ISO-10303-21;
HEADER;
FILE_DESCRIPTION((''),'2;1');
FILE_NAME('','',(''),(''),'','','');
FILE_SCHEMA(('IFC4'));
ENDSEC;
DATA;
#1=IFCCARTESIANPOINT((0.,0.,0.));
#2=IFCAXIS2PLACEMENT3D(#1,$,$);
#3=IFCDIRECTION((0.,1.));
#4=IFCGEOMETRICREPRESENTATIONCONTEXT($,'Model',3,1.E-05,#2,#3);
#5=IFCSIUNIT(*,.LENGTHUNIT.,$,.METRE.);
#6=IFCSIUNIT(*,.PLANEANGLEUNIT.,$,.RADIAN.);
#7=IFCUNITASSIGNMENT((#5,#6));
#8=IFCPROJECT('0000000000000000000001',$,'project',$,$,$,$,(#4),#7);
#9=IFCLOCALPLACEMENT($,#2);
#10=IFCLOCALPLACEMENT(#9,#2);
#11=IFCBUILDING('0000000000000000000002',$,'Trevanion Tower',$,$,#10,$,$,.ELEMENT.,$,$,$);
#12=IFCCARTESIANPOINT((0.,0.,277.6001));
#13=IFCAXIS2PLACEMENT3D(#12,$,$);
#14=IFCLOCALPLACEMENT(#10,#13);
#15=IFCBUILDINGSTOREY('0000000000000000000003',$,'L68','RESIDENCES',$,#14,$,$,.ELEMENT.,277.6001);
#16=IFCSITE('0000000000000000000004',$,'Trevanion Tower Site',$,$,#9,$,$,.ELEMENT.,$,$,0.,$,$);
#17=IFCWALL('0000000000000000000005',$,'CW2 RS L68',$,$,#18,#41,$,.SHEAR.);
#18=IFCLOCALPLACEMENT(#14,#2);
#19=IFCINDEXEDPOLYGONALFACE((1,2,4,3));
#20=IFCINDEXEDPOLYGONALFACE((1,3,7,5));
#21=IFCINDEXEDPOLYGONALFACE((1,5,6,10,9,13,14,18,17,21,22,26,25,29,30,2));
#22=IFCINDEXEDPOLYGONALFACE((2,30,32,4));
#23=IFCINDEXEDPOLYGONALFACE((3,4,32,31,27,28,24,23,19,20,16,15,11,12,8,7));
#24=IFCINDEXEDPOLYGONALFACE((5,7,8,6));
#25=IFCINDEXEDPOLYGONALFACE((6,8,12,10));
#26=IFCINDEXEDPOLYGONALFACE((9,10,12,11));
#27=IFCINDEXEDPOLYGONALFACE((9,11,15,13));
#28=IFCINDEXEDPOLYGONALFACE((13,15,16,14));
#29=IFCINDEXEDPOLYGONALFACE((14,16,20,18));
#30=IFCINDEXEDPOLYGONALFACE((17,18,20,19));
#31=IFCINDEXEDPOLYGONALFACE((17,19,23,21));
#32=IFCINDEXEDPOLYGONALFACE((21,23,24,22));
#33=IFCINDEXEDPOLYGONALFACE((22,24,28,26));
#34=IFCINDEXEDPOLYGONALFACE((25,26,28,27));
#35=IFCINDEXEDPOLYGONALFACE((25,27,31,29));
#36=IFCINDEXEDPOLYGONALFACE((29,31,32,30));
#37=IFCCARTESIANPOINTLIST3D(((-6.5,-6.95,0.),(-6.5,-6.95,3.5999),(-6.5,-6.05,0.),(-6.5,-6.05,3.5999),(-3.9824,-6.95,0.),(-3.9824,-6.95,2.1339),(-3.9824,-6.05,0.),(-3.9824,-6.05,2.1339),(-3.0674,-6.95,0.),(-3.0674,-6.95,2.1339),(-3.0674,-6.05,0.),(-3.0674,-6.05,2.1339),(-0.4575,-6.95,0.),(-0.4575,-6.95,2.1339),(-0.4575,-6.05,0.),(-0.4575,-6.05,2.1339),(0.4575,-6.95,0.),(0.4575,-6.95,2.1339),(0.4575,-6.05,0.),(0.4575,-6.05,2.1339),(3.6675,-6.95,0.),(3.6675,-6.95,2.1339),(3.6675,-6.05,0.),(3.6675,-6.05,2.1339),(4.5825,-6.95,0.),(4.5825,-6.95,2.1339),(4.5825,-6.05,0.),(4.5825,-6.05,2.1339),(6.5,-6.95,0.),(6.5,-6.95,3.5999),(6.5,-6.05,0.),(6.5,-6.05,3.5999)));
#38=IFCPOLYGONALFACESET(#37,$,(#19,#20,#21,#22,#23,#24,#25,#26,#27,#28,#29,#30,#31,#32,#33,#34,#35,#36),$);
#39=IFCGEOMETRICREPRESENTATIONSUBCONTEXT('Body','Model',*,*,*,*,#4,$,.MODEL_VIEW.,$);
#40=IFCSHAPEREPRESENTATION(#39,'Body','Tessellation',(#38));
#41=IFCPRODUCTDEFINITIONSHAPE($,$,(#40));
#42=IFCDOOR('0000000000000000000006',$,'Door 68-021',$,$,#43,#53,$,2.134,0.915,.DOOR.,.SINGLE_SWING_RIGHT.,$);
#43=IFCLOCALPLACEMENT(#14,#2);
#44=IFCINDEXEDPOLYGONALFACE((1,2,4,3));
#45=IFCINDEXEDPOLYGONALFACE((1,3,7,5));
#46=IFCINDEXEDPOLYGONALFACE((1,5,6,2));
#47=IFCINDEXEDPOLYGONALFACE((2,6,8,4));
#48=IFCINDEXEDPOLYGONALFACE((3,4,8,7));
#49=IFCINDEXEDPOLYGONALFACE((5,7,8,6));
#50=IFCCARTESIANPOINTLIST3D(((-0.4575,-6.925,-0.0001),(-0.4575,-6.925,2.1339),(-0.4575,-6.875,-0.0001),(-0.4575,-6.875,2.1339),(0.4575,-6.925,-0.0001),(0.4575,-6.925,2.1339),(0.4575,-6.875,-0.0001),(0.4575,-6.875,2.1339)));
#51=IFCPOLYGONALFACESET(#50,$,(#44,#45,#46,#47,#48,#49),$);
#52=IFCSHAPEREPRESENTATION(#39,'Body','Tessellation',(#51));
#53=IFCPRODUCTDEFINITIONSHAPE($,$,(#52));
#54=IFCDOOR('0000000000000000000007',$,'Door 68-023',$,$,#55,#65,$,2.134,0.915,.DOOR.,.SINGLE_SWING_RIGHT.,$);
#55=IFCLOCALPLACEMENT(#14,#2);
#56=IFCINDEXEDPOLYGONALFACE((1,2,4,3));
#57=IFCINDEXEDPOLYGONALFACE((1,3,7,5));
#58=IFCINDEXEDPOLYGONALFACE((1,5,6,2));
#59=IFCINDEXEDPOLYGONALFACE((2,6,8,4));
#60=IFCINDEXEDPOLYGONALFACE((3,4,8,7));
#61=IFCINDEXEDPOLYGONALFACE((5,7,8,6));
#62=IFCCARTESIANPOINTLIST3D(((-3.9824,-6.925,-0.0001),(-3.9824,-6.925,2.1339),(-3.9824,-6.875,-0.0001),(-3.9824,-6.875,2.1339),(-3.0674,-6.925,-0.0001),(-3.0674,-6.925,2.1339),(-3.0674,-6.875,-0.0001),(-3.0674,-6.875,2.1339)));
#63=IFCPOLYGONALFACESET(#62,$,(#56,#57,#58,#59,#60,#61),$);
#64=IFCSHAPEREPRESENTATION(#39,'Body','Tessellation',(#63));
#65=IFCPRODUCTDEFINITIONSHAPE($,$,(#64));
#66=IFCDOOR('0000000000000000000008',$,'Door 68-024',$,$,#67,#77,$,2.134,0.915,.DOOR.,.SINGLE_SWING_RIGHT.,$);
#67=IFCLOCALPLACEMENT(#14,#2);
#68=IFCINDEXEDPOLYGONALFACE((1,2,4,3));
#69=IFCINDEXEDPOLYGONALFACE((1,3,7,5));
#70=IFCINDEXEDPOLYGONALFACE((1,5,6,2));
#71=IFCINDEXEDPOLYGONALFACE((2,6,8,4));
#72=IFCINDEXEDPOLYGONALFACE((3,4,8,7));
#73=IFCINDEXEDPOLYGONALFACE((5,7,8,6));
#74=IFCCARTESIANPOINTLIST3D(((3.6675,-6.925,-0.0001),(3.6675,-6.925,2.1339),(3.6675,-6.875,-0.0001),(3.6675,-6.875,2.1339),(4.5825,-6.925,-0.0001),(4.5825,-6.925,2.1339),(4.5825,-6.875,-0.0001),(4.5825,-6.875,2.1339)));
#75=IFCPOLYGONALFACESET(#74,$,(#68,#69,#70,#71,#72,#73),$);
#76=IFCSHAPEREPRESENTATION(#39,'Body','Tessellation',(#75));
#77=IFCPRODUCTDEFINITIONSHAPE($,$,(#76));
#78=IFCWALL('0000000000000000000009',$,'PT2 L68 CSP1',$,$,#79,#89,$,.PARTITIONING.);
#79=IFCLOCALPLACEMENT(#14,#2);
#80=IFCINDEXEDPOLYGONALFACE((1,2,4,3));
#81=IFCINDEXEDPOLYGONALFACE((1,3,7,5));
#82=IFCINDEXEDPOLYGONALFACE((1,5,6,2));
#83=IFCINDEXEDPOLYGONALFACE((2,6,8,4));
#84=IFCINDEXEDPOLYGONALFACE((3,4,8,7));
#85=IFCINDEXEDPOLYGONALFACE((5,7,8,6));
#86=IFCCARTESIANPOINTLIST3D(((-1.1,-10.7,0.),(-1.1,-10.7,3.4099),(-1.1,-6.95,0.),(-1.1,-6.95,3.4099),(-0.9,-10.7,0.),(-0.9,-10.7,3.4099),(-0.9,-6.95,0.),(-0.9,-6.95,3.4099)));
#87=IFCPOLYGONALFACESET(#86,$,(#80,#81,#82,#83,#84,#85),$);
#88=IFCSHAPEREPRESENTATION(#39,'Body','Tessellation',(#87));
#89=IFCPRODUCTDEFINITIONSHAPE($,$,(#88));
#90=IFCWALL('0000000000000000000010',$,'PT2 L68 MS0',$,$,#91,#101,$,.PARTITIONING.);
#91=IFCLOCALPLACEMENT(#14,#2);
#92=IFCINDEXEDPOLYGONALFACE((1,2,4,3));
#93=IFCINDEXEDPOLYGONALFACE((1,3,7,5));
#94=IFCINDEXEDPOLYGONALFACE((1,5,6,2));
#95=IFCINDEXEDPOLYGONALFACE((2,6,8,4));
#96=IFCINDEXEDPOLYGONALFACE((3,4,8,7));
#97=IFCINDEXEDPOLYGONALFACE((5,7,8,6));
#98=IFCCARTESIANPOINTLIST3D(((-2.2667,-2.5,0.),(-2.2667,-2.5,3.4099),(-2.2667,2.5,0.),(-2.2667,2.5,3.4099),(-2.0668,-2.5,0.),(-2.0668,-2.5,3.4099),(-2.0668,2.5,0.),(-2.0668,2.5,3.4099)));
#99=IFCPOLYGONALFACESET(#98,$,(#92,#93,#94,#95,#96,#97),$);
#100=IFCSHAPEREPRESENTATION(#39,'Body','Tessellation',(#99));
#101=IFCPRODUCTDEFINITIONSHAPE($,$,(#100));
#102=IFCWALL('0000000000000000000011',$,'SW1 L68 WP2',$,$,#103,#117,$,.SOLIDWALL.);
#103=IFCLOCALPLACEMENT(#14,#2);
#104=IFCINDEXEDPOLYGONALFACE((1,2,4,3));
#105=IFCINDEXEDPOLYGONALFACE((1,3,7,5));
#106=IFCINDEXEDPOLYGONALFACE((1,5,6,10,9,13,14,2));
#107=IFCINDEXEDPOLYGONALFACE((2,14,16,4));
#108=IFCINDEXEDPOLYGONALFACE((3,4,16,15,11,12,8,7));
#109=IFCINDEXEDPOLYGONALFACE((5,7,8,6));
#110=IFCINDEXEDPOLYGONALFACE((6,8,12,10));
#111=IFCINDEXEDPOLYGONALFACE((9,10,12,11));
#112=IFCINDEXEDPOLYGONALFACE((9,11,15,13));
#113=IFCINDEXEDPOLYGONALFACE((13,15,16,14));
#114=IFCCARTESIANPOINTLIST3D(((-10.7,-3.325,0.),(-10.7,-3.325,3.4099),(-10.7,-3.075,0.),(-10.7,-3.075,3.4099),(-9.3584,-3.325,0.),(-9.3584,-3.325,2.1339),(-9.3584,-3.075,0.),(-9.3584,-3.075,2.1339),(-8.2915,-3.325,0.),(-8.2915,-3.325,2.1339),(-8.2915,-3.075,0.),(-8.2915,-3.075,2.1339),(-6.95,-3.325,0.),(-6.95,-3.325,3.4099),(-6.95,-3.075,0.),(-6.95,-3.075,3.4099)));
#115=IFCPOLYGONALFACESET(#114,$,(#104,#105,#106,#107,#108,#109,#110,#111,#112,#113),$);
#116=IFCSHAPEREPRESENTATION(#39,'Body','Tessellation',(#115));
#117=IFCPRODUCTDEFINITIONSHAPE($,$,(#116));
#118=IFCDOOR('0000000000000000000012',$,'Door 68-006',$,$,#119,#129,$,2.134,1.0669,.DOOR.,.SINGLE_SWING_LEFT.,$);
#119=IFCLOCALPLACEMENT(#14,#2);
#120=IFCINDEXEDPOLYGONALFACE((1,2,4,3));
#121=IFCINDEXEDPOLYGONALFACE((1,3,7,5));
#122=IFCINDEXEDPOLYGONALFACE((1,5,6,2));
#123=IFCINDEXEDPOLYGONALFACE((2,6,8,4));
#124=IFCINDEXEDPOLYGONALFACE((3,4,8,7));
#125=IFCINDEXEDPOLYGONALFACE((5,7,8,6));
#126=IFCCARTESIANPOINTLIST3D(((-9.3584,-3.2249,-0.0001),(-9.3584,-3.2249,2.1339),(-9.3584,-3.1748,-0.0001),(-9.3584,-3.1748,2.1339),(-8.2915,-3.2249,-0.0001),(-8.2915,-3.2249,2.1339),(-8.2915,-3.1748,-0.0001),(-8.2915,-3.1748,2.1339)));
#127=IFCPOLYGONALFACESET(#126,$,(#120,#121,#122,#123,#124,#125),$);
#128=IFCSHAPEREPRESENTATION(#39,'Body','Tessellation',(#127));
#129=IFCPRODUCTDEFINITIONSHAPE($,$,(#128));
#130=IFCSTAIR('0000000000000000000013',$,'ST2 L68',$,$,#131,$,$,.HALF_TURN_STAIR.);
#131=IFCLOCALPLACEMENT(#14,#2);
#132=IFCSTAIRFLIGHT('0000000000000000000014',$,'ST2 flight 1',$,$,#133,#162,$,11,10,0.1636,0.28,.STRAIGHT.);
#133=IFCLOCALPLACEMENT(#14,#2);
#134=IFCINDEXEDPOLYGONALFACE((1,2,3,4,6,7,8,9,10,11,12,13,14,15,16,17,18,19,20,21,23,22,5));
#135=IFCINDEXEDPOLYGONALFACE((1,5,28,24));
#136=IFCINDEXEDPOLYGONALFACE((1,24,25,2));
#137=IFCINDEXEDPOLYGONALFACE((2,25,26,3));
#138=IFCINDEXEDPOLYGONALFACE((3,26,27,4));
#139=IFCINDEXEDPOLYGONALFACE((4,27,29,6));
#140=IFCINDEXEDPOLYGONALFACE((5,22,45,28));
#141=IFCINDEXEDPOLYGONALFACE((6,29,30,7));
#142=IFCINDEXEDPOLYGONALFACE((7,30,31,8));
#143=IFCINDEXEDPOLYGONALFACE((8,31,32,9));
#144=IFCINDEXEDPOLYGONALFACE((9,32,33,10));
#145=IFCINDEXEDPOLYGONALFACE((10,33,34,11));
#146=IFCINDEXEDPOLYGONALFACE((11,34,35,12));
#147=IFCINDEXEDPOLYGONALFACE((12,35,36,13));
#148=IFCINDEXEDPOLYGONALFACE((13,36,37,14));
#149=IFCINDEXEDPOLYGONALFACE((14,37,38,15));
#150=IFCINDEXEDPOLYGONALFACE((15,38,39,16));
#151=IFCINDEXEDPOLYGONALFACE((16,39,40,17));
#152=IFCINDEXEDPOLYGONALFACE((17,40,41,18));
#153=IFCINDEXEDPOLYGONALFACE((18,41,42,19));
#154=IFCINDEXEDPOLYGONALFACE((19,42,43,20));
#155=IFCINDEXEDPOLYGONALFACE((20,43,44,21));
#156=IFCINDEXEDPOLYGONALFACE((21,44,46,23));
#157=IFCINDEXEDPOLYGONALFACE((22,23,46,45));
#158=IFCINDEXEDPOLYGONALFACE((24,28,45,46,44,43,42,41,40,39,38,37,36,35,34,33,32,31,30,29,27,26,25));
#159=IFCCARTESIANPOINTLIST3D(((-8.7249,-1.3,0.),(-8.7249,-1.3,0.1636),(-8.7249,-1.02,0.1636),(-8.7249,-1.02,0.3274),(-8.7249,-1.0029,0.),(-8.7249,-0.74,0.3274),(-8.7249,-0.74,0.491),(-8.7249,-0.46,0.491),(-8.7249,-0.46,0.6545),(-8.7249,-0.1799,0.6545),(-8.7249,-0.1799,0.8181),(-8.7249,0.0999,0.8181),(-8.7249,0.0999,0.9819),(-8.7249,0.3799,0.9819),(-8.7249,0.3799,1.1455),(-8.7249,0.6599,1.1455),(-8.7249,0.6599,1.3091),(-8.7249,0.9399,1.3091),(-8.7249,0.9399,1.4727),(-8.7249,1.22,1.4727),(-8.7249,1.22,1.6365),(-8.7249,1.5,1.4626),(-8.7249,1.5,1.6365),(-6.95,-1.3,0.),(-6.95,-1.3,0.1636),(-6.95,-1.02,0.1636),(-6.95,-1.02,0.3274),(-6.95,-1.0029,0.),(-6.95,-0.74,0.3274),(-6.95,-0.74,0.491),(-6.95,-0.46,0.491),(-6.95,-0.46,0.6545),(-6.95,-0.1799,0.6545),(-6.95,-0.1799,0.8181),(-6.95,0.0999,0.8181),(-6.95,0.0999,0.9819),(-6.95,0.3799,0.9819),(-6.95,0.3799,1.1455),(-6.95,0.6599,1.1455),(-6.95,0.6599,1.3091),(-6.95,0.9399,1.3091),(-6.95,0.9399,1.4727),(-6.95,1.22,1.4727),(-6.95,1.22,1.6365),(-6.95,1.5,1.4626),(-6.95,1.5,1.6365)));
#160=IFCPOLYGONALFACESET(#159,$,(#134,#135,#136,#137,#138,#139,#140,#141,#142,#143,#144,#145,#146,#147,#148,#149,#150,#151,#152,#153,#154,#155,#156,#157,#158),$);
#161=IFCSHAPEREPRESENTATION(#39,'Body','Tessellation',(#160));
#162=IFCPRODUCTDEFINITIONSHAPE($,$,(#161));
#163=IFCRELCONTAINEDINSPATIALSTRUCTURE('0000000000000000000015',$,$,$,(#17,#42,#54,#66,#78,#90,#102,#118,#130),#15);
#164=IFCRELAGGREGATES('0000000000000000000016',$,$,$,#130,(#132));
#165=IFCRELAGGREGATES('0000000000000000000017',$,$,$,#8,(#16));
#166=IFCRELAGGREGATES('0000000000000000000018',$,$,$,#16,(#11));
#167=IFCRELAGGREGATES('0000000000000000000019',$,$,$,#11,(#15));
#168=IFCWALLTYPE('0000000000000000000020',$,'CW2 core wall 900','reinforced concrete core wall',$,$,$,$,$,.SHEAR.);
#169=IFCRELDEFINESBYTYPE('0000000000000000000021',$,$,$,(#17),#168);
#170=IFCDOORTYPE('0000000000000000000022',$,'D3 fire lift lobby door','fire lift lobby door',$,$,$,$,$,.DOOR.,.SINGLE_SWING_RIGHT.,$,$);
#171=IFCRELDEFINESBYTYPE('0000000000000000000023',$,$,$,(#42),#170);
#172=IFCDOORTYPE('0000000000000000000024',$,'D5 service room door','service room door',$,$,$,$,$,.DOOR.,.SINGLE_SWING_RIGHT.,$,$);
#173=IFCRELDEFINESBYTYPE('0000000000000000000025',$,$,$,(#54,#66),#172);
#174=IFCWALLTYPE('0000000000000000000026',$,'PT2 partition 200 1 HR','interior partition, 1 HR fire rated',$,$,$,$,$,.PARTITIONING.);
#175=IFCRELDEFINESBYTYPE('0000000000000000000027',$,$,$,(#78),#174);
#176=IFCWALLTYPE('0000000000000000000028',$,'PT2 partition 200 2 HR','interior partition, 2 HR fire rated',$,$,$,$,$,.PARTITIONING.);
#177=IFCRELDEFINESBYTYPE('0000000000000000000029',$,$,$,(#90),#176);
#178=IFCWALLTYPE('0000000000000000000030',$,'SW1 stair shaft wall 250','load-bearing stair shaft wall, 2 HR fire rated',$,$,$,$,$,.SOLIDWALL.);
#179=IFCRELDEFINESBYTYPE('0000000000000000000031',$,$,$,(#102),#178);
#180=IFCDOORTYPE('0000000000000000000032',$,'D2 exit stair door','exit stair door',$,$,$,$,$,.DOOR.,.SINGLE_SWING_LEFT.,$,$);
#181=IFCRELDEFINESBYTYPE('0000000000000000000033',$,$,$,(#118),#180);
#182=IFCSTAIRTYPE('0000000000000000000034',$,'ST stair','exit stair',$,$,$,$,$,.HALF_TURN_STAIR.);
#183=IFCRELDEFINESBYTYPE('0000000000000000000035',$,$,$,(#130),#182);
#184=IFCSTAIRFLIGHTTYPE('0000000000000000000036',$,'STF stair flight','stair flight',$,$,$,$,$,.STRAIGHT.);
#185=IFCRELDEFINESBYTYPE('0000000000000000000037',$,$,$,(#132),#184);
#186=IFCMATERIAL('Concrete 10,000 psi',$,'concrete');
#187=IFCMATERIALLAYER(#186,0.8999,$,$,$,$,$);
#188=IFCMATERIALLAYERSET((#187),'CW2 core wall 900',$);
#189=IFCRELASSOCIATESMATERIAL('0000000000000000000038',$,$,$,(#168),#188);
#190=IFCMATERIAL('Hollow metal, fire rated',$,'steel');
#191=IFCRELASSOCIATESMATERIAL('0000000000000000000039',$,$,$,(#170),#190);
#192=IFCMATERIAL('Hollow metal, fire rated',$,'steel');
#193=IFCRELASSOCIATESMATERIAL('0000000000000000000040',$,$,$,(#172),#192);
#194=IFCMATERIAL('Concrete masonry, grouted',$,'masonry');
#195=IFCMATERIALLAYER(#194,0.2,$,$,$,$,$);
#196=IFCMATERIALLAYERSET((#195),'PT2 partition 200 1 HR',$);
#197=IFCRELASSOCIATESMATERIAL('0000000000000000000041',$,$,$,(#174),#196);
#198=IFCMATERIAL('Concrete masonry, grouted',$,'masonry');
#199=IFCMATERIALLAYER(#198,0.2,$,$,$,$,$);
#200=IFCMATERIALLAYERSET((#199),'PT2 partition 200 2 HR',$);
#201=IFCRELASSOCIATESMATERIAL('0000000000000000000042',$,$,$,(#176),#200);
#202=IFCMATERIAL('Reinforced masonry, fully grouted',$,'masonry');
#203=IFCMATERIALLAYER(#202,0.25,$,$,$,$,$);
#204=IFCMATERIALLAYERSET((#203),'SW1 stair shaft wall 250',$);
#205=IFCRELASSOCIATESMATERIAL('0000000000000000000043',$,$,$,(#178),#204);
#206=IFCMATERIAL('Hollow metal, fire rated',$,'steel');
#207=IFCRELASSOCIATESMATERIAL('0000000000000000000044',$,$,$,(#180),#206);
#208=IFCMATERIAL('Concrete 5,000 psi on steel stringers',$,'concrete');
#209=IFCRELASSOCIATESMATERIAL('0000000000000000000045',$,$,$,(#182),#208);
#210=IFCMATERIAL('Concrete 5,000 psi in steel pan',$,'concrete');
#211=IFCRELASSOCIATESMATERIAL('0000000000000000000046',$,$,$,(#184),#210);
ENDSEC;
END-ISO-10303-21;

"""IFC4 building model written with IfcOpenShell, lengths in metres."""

from ifc_helpers import new_model, si_unit, direction, frame, frame_2d, origin, place, context, subcontext, project, spatial, polyline, rectangle, outline, extrude, material, layer, layer_set, type_object, element, fill, aggregate, save


model = new_model("IFC4")

# Units and contexts
model_context = context("Model", 3, precision=1e-05, world=origin(), true_north=direction((0.0, 1.0)))
body_context = subcontext(model_context, "Body", "Model", "MODEL_VIEW")
ifc_project = project(units=[si_unit("LENGTHUNIT", "METRE"), si_unit("PLANEANGLEUNIT", "RADIAN")], contexts=[model_context])

# Site, building, storey
site_placement = place(None, origin())
site = spatial("IfcSite", under=ifc_project, at=site_placement, Name="Trevanion Tower Site", CompositionType="ELEMENT", RefElevation=0.0)
building_placement = place(site_placement, origin())
building = spatial("IfcBuilding", under=site, at=building_placement, Name="Trevanion Tower", CompositionType="ELEMENT")
storey_placement = place(building_placement, frame((0.0, 0.0, 277.6001)))
storey = spatial("IfcBuildingStorey", under=building, at=storey_placement, Name="L68", Description="RESIDENCES", CompositionType="ELEMENT", Elevation=277.6001)

# Shared definitions
ifc_material_1 = material(Name="Concrete 10,000 psi", Category="concrete")
ifc_layer_1 = layer(ifc_material_1, 0.8999)
ifc_layer_set_1 = layer_set([ifc_layer_1], Name="CW2 core wall 900")
wall_type_1 = type_object("IfcWallType", Name="CW2 core wall 900", Description="reinforced concrete core wall", PredefinedType="SHEAR", material=ifc_layer_set_1)

# Wall, openings, doors
wall_1_placement = place(storey_placement, frame((-6.5, -6.5, 0.0), z_axis=(0.0, 0.0, 1.0), x_axis=(1.0, 0.0, 0.0)))
wall_1 = element("IfcWall", 1, at=wall_1_placement, inside=storey, type_object=wall_type_1, Name="CW2 RS L68", PredefinedType="SHEAR", context=body_context, shape_type="SweptSolid", body=[
    extrude(rectangle(XDim=13.0, YDim=0.8999, at=frame_2d((6.5, 0.0))), origin(), (0.0, 0.0, 1.0), 3.5999),
])
opening_1_placement = place(wall_1_placement, frame((6.0425, 0.0, 0.0)))
opening_1 = element("IfcOpeningElement", 2, at=opening_1_placement, cuts=wall_1, PredefinedType="OPENING", context=body_context, shape_type="SweptSolid", body=[
    extrude(rectangle(XDim=0.915, YDim=2.134, at=frame_2d((0.4575, 1.0669))), frame((0.0, 0.46, 0.0), z_axis=(0.0, -1.0, 0.0), x_axis=(1.0, 0.0, 0.0)), (0.0, 0.0, 1.0), 0.9199),
])
opening_2_placement = place(wall_1_placement, frame((2.5176, 0.0, 0.0)))
opening_2 = element("IfcOpeningElement", 3, at=opening_2_placement, cuts=wall_1, PredefinedType="OPENING", context=body_context, shape_type="SweptSolid", body=[
    extrude(rectangle(XDim=0.915, YDim=2.134, at=frame_2d((0.4575, 1.0669))), frame((0.0, 0.46, 0.0), z_axis=(0.0, -1.0, 0.0), x_axis=(1.0, 0.0, 0.0)), (0.0, 0.0, 1.0), 0.9199),
])
opening_3_placement = place(wall_1_placement, frame((10.1675, 0.0, 0.0)))
opening_3 = element("IfcOpeningElement", 4, at=opening_3_placement, cuts=wall_1, PredefinedType="OPENING", context=body_context, shape_type="SweptSolid", body=[
    extrude(rectangle(XDim=0.915, YDim=2.134, at=frame_2d((0.4575, 1.0669))), frame((0.0, 0.46, 0.0), z_axis=(0.0, -1.0, 0.0), x_axis=(1.0, 0.0, 0.0)), (0.0, 0.0, 1.0), 0.9199),
])
ifc_material_2 = material(Name="Hollow metal, fire rated", Category="steel")
door_type_1 = type_object("IfcDoorType", Name="D3 fire lift lobby door", Description="fire lift lobby door", OperationType="SINGLE_SWING_RIGHT", PredefinedType="DOOR", material=ifc_material_2)
door_1_placement = place(opening_1_placement, origin())
door_1 = element("IfcDoor", 5, at=door_1_placement, inside=storey, type_object=door_type_1, Name="Door 68-021", OperationType="SINGLE_SWING_RIGHT", OverallHeight=2.134, OverallWidth=0.915, PredefinedType="DOOR", context=body_context, shape_type="SweptSolid", body=[
    extrude(rectangle(XDim=0.915, YDim=2.134, at=frame_2d((0.4575, 1.0669))), frame((0.0, -0.375, 0.0), z_axis=(0.0, -1.0, 0.0), x_axis=(1.0, 0.0, 0.0)), (0.0, 0.0, 1.0), 0.05),
])
fill(opening_1, door_1)
ifc_material_3 = material(Name="Hollow metal, fire rated", Category="steel")
door_type_2 = type_object("IfcDoorType", Name="D5 service room door", Description="service room door", OperationType="SINGLE_SWING_RIGHT", PredefinedType="DOOR", material=ifc_material_3)
door_2_placement = place(opening_2_placement, origin())
door_2 = element("IfcDoor", 6, at=door_2_placement, inside=storey, type_object=door_type_2, Name="Door 68-023", OperationType="SINGLE_SWING_RIGHT", OverallHeight=2.134, OverallWidth=0.915, PredefinedType="DOOR", context=body_context, shape_type="SweptSolid", body=[
    extrude(rectangle(XDim=0.915, YDim=2.134, at=frame_2d((0.4575, 1.0669))), frame((0.0, -0.375, 0.0), z_axis=(0.0, -1.0, 0.0), x_axis=(1.0, 0.0, 0.0)), (0.0, 0.0, 1.0), 0.05),
])
fill(opening_2, door_2)
door_3_placement = place(opening_3_placement, origin())
door_3 = element("IfcDoor", 7, at=door_3_placement, inside=storey, type_object=door_type_2, Name="Door 68-024", OperationType="SINGLE_SWING_RIGHT", OverallHeight=2.134, OverallWidth=0.915, PredefinedType="DOOR", context=body_context, shape_type="SweptSolid", body=[
    extrude(rectangle(XDim=0.915, YDim=2.134, at=frame_2d((0.4575, 1.0669))), frame((0.0, -0.375, 0.0), z_axis=(0.0, -1.0, 0.0), x_axis=(1.0, 0.0, 0.0)), (0.0, 0.0, 1.0), 0.05),
])
fill(opening_3, door_3)

# Walls
ifc_material_4 = material(Name="Concrete masonry, grouted", Category="masonry")
ifc_layer_2 = layer(ifc_material_4, 0.2)
ifc_layer_set_2 = layer_set([ifc_layer_2], Name="PT2 partition 200 1 HR")
wall_type_2 = type_object("IfcWallType", Name="PT2 partition 200 1 HR", Description="interior partition, 1 HR fire rated", PredefinedType="PARTITIONING", material=ifc_layer_set_2)
wall_2_placement = place(storey_placement, frame((-1.0, -6.95, 0.0), z_axis=(0.0, 0.0, 1.0), x_axis=(0.0, -1.0, 0.0)))
element("IfcWall", 8, at=wall_2_placement, inside=storey, type_object=wall_type_2, Name="PT2 L68 CSP1", PredefinedType="PARTITIONING", context=body_context, shape_type="SweptSolid", body=[
    extrude(rectangle(XDim=3.75, YDim=0.2, at=frame_2d((1.875, 0.0))), origin(), (0.0, 0.0, 1.0), 3.4099),
])
ifc_material_5 = material(Name="Concrete masonry, grouted", Category="masonry")
ifc_layer_3 = layer(ifc_material_5, 0.2)
ifc_layer_set_3 = layer_set([ifc_layer_3], Name="PT2 partition 200 2 HR")
wall_type_3 = type_object("IfcWallType", Name="PT2 partition 200 2 HR", Description="interior partition, 2 HR fire rated", PredefinedType="PARTITIONING", material=ifc_layer_set_3)
wall_3_placement = place(storey_placement, frame((-2.1667, -2.5, 0.0), z_axis=(0.0, 0.0, 1.0), x_axis=(0.0, 1.0, 0.0)))
element("IfcWall", 9, at=wall_3_placement, inside=storey, type_object=wall_type_3, Name="PT2 L68 MS0", PredefinedType="PARTITIONING", context=body_context, shape_type="SweptSolid", body=[
    extrude(rectangle(XDim=5.0, YDim=0.2, at=frame_2d((2.5, 0.0))), origin(), (0.0, 0.0, 1.0), 3.4099),
])

# Wall, opening, door
ifc_material_6 = material(Name="Reinforced masonry, fully grouted", Category="masonry")
ifc_layer_4 = layer(ifc_material_6, 0.25)
ifc_layer_set_4 = layer_set([ifc_layer_4], Name="SW1 stair shaft wall 250")
wall_type_4 = type_object("IfcWallType", Name="SW1 stair shaft wall 250", Description="load-bearing stair shaft wall, 2 HR fire rated", PredefinedType="SOLIDWALL", material=ifc_layer_set_4)
wall_4_placement = place(storey_placement, frame((-6.95, -3.2, 0.0), z_axis=(0.0, 0.0, 1.0), x_axis=(-1.0, 0.0, 0.0)))
wall_4 = element("IfcWall", 10, at=wall_4_placement, inside=storey, type_object=wall_type_4, Name="SW1 L68 WP2", PredefinedType="SOLIDWALL", context=body_context, shape_type="SweptSolid", body=[
    extrude(rectangle(XDim=3.75, YDim=0.25, at=frame_2d((1.875, 0.0))), origin(), (0.0, 0.0, 1.0), 3.4099),
])
opening_4_placement = place(wall_4_placement, frame((1.3416, 0.0, 0.0)))
opening_4 = element("IfcOpeningElement", 11, at=opening_4_placement, cuts=wall_4, PredefinedType="OPENING", context=body_context, shape_type="SweptSolid", body=[
    extrude(rectangle(XDim=1.0669, YDim=2.134, at=frame_2d((0.5334, 1.0669))), frame((0.0, 0.135, 0.0), z_axis=(0.0, -1.0, 0.0), x_axis=(1.0, 0.0, 0.0)), (0.0, 0.0, 1.0), 0.27),
])
ifc_material_7 = material(Name="Hollow metal, fire rated", Category="steel")
door_type_3 = type_object("IfcDoorType", Name="D2 exit stair door", Description="exit stair door", OperationType="SINGLE_SWING_LEFT", PredefinedType="DOOR", material=ifc_material_7)
door_4_placement = place(opening_4_placement, origin())
door_4 = element("IfcDoor", 12, at=door_4_placement, inside=storey, type_object=door_type_3, Name="Door 68-006", OperationType="SINGLE_SWING_LEFT", OverallHeight=2.134, OverallWidth=1.0669, PredefinedType="DOOR", context=body_context, shape_type="SweptSolid", body=[
    extrude(rectangle(XDim=1.0669, YDim=2.134, at=frame_2d((0.5334, 1.0669))), frame((0.0, 0.0249, 0.0), z_axis=(0.0, -1.0, 0.0), x_axis=(1.0, 0.0, 0.0)), (0.0, 0.0, 1.0), 0.05),
])
fill(opening_4, door_4)

# Stair, stair flight
ifc_material_8 = material(Name="Concrete 5,000 psi on steel stringers", Category="concrete")
stair_type = type_object("IfcStairType", Name="ST stair", Description="exit stair", PredefinedType="HALF_TURN_STAIR", material=ifc_material_8)
stair_placement = place(storey_placement, origin())
stair = element("IfcStair", 13, at=stair_placement, inside=storey, type_object=stair_type, Name="ST2 L68", PredefinedType="HALF_TURN_STAIR")
ifc_material_9 = material(Name="Concrete 5,000 psi in steel pan", Category="concrete")
stair_flight_type = type_object("IfcStairFlightType", Name="STF stair flight", Description="stair flight", PredefinedType="STRAIGHT", material=ifc_material_9)
stair_flight_placement = place(storey_placement, frame((-7.8374, -1.3, 0.0), z_axis=(0.0, 0.0, 1.0), x_axis=(0.0, 1.0, 0.0)))
stair_flight = element("IfcStairFlight", 14, at=stair_flight_placement, type_object=stair_flight_type, Name="ST2 flight 1", NumberOfRisers=11, NumberOfTreads=10, PredefinedType="STRAIGHT", RiserHeight=0.1636, TreadLength=0.28, context=body_context, shape_type="SweptSolid", body=[
    extrude(outline(polyline([(0.0, 0.0), (0.0, 0.1636), (0.28, 0.1636), (0.28, 0.3274), (0.5601, 0.3274), (0.5601, 0.491), (0.8401, 0.491), (0.8401, 0.6545), (1.1201, 0.6545), (1.1201, 0.8181), (1.3999, 0.8181), (1.3999, 0.9819), (1.6799, 0.9819), (1.6799, 1.1455), (1.96, 1.1455), (1.96, 1.3091), (2.24, 1.3091), (2.24, 1.4727), (2.52, 1.4727), (2.52, 1.6365), (2.8, 1.6365), (2.8, 1.8), (2.8, 1.4626), (0.2971, 0.0), (0.0, 0.0)])), frame((0.0, 0.8875, 0.0), z_axis=(0.0, -1.0, 0.0), x_axis=(1.0, 0.0, 0.0)), (0.0, 0.0, 1.0), 1.7749),
])
aggregate(stair, [stair_flight])

save(model, "model.ifc")
